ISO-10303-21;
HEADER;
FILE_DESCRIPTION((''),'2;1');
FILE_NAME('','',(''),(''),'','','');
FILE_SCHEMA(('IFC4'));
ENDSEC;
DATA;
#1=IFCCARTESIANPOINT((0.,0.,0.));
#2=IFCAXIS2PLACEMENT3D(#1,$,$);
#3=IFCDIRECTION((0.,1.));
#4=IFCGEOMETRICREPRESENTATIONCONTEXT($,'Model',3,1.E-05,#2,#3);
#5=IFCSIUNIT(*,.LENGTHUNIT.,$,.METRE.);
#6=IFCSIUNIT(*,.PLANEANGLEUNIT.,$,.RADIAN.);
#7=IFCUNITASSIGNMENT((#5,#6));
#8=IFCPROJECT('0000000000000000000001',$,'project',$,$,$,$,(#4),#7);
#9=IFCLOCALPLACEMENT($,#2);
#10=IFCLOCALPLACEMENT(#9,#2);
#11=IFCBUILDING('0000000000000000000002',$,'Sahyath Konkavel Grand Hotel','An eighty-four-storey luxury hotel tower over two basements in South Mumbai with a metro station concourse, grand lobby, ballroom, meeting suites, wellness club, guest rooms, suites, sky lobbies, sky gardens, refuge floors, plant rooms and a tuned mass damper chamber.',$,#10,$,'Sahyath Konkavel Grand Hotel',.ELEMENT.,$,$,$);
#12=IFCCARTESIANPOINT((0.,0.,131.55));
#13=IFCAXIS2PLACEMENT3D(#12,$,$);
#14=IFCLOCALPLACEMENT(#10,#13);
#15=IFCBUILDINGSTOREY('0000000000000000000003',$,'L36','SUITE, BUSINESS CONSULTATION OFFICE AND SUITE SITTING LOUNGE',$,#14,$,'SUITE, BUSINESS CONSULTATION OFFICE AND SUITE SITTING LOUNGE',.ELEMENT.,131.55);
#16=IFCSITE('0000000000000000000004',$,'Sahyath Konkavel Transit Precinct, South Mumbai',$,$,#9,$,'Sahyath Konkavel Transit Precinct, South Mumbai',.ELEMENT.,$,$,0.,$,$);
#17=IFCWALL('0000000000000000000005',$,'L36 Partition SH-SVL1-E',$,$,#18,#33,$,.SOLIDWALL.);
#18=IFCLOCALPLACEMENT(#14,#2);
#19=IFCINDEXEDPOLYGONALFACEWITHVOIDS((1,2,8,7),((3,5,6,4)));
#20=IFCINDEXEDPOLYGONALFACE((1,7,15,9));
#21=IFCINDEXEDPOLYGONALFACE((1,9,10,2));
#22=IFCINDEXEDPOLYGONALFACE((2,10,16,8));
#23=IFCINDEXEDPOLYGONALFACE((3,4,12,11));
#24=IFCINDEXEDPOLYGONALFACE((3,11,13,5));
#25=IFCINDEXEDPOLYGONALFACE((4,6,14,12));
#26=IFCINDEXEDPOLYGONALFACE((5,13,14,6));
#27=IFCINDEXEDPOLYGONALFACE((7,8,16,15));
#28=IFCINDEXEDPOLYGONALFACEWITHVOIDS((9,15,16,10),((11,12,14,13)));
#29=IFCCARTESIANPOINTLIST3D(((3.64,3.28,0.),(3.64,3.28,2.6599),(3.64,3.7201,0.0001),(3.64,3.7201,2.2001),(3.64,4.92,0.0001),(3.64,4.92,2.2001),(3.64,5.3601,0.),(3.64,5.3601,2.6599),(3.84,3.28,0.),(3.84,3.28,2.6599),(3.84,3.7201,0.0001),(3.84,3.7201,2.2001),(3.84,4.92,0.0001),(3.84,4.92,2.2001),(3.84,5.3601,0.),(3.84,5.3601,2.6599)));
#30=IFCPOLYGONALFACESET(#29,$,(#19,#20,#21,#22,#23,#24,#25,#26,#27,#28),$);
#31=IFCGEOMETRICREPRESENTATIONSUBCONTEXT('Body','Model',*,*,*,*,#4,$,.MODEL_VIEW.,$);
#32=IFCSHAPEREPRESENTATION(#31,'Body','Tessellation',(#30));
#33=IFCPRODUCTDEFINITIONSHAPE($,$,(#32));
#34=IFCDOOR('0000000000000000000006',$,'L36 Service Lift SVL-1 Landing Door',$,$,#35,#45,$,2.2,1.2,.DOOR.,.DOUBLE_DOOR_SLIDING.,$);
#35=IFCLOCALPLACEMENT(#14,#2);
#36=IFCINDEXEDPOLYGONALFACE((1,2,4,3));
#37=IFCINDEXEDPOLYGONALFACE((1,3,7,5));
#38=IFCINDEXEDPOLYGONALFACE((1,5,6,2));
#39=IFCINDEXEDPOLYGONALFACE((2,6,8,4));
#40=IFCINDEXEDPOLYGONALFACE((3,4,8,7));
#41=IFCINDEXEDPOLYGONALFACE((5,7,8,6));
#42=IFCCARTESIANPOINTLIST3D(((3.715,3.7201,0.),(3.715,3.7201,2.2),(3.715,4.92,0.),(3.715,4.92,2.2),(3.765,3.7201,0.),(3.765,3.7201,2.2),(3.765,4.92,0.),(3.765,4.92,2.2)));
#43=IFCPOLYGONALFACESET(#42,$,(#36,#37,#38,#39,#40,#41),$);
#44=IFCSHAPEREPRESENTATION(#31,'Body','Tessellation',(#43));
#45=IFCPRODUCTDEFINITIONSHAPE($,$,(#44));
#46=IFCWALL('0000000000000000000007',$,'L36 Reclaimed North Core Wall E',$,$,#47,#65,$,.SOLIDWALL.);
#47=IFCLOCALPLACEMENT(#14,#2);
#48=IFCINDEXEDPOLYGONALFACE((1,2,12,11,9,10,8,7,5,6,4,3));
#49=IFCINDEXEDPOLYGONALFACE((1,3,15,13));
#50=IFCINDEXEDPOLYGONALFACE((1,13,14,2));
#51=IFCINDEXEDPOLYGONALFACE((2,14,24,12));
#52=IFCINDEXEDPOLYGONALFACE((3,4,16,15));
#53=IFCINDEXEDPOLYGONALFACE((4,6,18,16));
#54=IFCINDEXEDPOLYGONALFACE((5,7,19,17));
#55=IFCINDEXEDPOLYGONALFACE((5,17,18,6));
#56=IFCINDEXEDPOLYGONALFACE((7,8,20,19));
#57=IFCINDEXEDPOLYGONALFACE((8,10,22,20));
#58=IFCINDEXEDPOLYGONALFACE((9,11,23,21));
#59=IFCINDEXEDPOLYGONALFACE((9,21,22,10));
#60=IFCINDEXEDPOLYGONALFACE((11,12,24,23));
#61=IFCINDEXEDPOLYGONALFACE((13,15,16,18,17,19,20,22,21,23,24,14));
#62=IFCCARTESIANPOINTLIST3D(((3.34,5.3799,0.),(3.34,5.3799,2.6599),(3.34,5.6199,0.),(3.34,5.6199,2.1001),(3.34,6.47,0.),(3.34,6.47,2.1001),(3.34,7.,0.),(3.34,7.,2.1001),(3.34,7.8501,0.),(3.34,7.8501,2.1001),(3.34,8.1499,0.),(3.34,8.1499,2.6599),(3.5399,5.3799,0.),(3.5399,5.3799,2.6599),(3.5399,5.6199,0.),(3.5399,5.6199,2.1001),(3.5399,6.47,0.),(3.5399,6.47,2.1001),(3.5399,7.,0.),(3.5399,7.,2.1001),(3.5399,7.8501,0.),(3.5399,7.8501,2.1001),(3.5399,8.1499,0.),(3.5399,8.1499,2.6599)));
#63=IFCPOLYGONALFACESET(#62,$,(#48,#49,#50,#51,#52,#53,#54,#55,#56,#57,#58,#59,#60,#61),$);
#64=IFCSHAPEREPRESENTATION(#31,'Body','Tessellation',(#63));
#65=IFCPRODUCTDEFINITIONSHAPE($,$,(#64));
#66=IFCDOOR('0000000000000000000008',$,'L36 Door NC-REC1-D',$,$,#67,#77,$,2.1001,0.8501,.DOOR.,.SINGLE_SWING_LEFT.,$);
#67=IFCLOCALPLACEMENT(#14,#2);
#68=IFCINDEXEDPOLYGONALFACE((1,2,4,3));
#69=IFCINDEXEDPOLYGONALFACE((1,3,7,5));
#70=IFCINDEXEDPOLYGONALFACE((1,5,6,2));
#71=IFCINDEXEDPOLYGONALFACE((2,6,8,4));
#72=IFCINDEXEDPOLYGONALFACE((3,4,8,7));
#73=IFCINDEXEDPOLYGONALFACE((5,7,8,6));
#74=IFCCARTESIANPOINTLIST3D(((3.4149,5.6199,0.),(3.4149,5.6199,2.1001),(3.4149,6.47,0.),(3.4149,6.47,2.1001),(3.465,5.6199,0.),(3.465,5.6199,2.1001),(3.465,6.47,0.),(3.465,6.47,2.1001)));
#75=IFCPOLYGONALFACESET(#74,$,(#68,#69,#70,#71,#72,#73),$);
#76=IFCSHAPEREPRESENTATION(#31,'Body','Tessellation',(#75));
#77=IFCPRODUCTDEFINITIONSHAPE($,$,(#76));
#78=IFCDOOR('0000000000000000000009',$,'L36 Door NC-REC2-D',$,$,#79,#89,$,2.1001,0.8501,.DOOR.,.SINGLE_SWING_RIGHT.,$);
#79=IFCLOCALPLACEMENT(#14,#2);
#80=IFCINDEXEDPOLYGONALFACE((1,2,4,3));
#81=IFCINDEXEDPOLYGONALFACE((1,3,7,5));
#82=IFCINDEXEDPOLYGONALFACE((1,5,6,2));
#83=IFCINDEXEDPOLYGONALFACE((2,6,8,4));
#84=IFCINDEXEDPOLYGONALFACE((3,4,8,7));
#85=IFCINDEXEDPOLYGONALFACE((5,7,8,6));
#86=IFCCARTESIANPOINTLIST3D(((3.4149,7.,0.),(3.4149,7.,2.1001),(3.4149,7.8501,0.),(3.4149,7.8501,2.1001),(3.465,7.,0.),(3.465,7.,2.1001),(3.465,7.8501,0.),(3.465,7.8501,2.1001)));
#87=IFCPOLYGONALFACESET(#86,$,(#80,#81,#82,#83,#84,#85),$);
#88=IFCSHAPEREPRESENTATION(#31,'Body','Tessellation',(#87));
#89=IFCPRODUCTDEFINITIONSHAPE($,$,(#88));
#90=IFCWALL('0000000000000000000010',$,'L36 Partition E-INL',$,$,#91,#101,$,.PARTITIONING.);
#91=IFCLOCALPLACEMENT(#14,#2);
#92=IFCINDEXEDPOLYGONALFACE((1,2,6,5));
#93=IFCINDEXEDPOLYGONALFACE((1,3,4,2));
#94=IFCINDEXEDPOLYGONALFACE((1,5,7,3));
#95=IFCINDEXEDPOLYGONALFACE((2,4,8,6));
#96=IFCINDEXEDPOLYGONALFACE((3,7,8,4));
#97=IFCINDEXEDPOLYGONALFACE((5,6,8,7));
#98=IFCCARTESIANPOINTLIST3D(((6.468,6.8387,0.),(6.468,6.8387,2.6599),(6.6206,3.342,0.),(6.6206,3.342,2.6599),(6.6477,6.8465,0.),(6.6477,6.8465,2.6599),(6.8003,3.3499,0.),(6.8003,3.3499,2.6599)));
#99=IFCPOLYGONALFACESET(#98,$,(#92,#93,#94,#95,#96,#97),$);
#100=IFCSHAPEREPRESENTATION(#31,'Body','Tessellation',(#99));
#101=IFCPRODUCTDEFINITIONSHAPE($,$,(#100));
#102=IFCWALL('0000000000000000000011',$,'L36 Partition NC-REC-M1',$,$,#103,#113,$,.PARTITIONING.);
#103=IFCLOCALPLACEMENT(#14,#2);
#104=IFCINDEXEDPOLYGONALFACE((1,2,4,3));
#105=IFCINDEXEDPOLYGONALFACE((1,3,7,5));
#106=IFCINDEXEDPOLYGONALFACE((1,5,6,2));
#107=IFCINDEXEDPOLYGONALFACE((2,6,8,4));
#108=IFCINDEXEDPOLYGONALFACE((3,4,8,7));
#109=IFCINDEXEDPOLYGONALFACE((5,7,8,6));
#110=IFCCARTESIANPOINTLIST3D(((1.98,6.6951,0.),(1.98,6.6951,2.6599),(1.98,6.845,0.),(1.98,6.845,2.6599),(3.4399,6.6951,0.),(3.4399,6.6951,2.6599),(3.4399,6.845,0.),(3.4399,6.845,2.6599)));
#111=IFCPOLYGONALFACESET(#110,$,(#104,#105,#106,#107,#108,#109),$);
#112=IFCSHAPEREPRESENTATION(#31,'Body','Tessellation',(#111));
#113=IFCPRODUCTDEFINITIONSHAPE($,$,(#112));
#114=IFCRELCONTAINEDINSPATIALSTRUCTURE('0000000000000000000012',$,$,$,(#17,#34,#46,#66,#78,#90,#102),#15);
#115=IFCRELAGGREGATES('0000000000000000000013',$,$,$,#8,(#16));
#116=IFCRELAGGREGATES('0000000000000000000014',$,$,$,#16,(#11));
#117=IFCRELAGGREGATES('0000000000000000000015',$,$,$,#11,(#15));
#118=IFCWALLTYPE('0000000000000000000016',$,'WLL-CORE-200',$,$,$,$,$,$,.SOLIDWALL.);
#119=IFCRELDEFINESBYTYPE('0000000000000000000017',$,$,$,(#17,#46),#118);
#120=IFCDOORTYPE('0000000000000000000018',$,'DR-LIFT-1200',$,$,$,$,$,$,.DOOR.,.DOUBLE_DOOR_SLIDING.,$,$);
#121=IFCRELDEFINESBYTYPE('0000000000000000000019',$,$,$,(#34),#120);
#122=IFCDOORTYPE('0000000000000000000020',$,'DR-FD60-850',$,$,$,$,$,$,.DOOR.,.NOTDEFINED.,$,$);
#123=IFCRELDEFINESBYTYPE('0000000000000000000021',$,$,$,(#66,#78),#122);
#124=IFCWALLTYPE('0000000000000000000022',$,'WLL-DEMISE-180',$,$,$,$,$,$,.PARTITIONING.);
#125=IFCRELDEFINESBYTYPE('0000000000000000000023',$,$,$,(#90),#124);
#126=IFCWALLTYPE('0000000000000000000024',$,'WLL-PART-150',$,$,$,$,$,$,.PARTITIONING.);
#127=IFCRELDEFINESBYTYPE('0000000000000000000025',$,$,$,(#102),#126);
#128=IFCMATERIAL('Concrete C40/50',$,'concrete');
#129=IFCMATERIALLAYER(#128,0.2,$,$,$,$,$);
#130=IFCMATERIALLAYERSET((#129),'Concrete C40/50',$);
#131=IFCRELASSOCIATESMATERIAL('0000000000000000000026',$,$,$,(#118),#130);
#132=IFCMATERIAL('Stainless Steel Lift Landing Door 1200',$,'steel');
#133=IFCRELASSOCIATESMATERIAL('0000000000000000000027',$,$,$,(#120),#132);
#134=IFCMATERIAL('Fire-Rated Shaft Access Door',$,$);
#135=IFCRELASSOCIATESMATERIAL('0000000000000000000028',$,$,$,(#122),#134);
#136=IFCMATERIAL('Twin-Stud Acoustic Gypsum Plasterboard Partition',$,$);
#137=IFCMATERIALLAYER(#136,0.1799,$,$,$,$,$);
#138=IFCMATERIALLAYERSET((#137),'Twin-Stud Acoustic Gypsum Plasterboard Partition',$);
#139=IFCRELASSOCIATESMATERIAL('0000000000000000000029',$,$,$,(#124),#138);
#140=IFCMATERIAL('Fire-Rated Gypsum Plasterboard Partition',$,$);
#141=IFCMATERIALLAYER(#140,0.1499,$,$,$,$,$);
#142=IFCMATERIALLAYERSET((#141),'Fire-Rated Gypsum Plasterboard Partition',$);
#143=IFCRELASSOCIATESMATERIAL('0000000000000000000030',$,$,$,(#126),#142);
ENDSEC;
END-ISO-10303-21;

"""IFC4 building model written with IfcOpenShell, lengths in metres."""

from ifc_helpers import new_model, si_unit, direction, frame, frame_2d, origin, origin_2d, place, context, subcontext, project, spatial, rectangle, extrude, source, transform, mapped, material, layer, layer_set, type_object, element, fill, save


model = new_model("IFC4")

# Units and contexts
model_context = context("Model", 3, precision=1e-05, world=origin(), true_north=direction((0.0, 1.0)))
body_context = subcontext(model_context, "Body", "Model", "MODEL_VIEW")
ifc_project = project(units=[si_unit("LENGTHUNIT", "METRE"), si_unit("PLANEANGLEUNIT", "RADIAN")], contexts=[model_context])

# Site, building, storey
site_placement = place(None, origin())
site = spatial("IfcSite", under=ifc_project, at=site_placement, Name="Sahyath Konkavel Transit Precinct, South Mumbai", LongName="Sahyath Konkavel Transit Precinct, South Mumbai", CompositionType="ELEMENT", RefElevation=0.0)
building_placement = place(site_placement, origin())
building = spatial("IfcBuilding", under=site, at=building_placement, Name="Sahyath Konkavel Grand Hotel", Description="An eighty-four-storey luxury hotel tower over two basements in South Mumbai with a metro station concourse, grand lobby, ballroom, meeting suites, wellness club, guest rooms, suites, sky lobbies, sky gardens, refuge floors, plant rooms and a tuned mass damper chamber.", LongName="Sahyath Konkavel Grand Hotel", CompositionType="ELEMENT")
storey_placement = place(building_placement, frame((0.0, 0.0, 131.55)))
storey = spatial("IfcBuildingStorey", under=building, at=storey_placement, Name="L36", Description="SUITE, BUSINESS CONSULTATION OFFICE AND SUITE SITTING LOUNGE", LongName="SUITE, BUSINESS CONSULTATION OFFICE AND SUITE SITTING LOUNGE", CompositionType="ELEMENT", Elevation=131.55)

# Shared definitions
ifc_material_1 = material(Name="Concrete C40/50", Category="concrete")
ifc_layer_1 = layer(ifc_material_1, 0.2)
ifc_layer_set_1 = layer_set([ifc_layer_1], Name="Concrete C40/50")
wall_type_1 = type_object("IfcWallType", Name="WLL-CORE-200", PredefinedType="SOLIDWALL", material=ifc_layer_set_1)
shared_shape_1 = source(origin(), body_context, "Body", "SweptSolid", [
    extrude(rectangle(XDim=0.8501, YDim=0.05, at=origin_2d()), origin(), (0.0, 0.0, 1.0), 2.1001),
])

# Wall, opening, door
wall_1_placement = place(storey_placement, frame((3.74, 3.28, 0.0), z_axis=(0.0, 0.0, 1.0), x_axis=(0.0, 1.0, 0.0)))
wall_1 = element("IfcWall", 1, at=wall_1_placement, inside=storey, type_object=wall_type_1, Name="L36 Partition SH-SVL1-E", PredefinedType="SOLIDWALL", context=body_context, shape_type="SweptSolid", body=[
    extrude(rectangle(XDim=2.0801, YDim=0.2, at=frame_2d((1.04, 0.0))), origin(), (0.0, 0.0, 1.0), 2.6599),
])
opening_1_placement = place(wall_1_placement, frame((0.4399, 0.0, 0.0)))
opening_1 = element("IfcOpeningElement", 2, at=opening_1_placement, cuts=wall_1, PredefinedType="OPENING", context=body_context, shape_type="SweptSolid", body=[
    extrude(rectangle(XDim=1.2, YDim=2.2, at=frame_2d((0.6001, 1.1001))), frame((0.0, 0.1099, 0.0), z_axis=(0.0, -1.0, 0.0), x_axis=(1.0, 0.0, 0.0)), (0.0, 0.0, 1.0), 0.22),
])
ifc_material_2 = material(Name="Stainless Steel Lift Landing Door 1200", Category="steel")
door_type_1 = type_object("IfcDoorType", Name="DR-LIFT-1200", OperationType="DOUBLE_DOOR_SLIDING", PredefinedType="DOOR", material=ifc_material_2)
shared_shape_2 = source(origin(), body_context, "Body", "SweptSolid", [
    extrude(rectangle(XDim=1.2, YDim=0.05, at=origin_2d()), origin(), (0.0, 0.0, 1.0), 2.2),
])
door_1_placement = place(opening_1_placement, frame((0.6001, 0.0, 0.0)))
door_1 = element("IfcDoor", 3, at=door_1_placement, inside=storey, type_object=door_type_1, Name="L36 Service Lift SVL-1 Landing Door", OperationType="DOUBLE_DOOR_SLIDING", OverallHeight=2.2, OverallWidth=1.2, PredefinedType="DOOR", context=body_context, shape_type="MappedRepresentation", body=[
    mapped(shared_shape_2, transform((0.0, 0.0, 0.0), scale=1.0)),
])
fill(opening_1, door_1)

# Wall, openings, doors
wall_2_placement = place(storey_placement, frame((3.4399, 5.3799, 0.0), z_axis=(0.0, 0.0, 1.0), x_axis=(0.0, 1.0, 0.0)))
wall_2 = element("IfcWall", 4, at=wall_2_placement, inside=storey, type_object=wall_type_1, Name="L36 Reclaimed North Core Wall E", PredefinedType="SOLIDWALL", context=body_context, shape_type="SweptSolid", body=[
    extrude(rectangle(XDim=2.77, YDim=0.2, at=frame_2d((1.385, 0.0))), origin(), (0.0, 0.0, 1.0), 2.6599),
])
opening_2_placement = place(wall_2_placement, frame((0.24, 0.0, 0.0)))
opening_2 = element("IfcOpeningElement", 5, at=opening_2_placement, cuts=wall_2, PredefinedType="OPENING", context=body_context, shape_type="SweptSolid", body=[
    extrude(rectangle(XDim=0.8501, YDim=2.1001, at=frame_2d((0.425, 1.05))), frame((0.0, 0.1099, 0.0), z_axis=(0.0, -1.0, 0.0), x_axis=(1.0, 0.0, 0.0)), (0.0, 0.0, 1.0), 0.22),
])
opening_3_placement = place(wall_2_placement, frame((1.6201, 0.0, 0.0)))
opening_3 = element("IfcOpeningElement", 6, at=opening_3_placement, cuts=wall_2, PredefinedType="OPENING", context=body_context, shape_type="SweptSolid", body=[
    extrude(rectangle(XDim=0.8501, YDim=2.1001, at=frame_2d((0.425, 1.05))), frame((0.0, 0.1099, 0.0), z_axis=(0.0, -1.0, 0.0), x_axis=(1.0, 0.0, 0.0)), (0.0, 0.0, 1.0), 0.22),
])
ifc_material_3 = material(Name="Fire-Rated Shaft Access Door")
door_type_2 = type_object("IfcDoorType", Name="DR-FD60-850", OperationType="NOTDEFINED", PredefinedType="DOOR", material=ifc_material_3)
door_2_placement = place(opening_2_placement, frame((0.425, 0.0, 0.0)))
door_2 = element("IfcDoor", 7, at=door_2_placement, inside=storey, type_object=door_type_2, Name="L36 Door NC-REC1-D", OperationType="SINGLE_SWING_LEFT", OverallHeight=2.1001, OverallWidth=0.8501, PredefinedType="DOOR", context=body_context, shape_type="MappedRepresentation", body=[
    mapped(shared_shape_1, transform((0.0, 0.0, 0.0), scale=1.0)),
])
fill(opening_2, door_2)
door_3_placement = place(opening_3_placement, frame((0.425, 0.0, 0.0)))
door_3 = element("IfcDoor", 8, at=door_3_placement, inside=storey, type_object=door_type_2, Name="L36 Door NC-REC2-D", OperationType="SINGLE_SWING_RIGHT", OverallHeight=2.1001, OverallWidth=0.8501, PredefinedType="DOOR", context=body_context, shape_type="MappedRepresentation", body=[
    mapped(shared_shape_1, transform((0.0, 0.0, 0.0), scale=1.0)),
])
fill(opening_3, door_3)

# Walls
ifc_material_4 = material(Name="Twin-Stud Acoustic Gypsum Plasterboard Partition")
ifc_layer_2 = layer(ifc_material_4, 0.1799)
ifc_layer_set_2 = layer_set([ifc_layer_2], Name="Twin-Stud Acoustic Gypsum Plasterboard Partition")
wall_type_2 = type_object("IfcWallType", Name="WLL-DEMISE-180", PredefinedType="PARTITIONING", material=ifc_layer_set_2)
wall_3_placement = place(storey_placement, frame((6.7104, 3.3459, 0.0), z_axis=(0.0, 0.0, 1.0), x_axis=(-0.043598, 0.999049, 0.0)))
element("IfcWall", 9, at=wall_3_placement, inside=storey, type_object=wall_type_2, Name="L36 Partition E-INL", PredefinedType="PARTITIONING", context=body_context, shape_type="SweptSolid", body=[
    extrude(rectangle(XDim=3.5, YDim=0.1799, at=frame_2d((1.75, 0.0))), origin(), (0.0, 0.0, 1.0), 2.6599),
])
ifc_material_5 = material(Name="Fire-Rated Gypsum Plasterboard Partition")
ifc_layer_3 = layer(ifc_material_5, 0.1499)
ifc_layer_set_3 = layer_set([ifc_layer_3], Name="Fire-Rated Gypsum Plasterboard Partition")
wall_type_3 = type_object("IfcWallType", Name="WLL-PART-150", PredefinedType="PARTITIONING", material=ifc_layer_set_3)
wall_4_placement = place(storey_placement, frame((1.98, 6.77, 0.0), z_axis=(0.0, 0.0, 1.0), x_axis=(1.0, 0.0, 0.0)))
element("IfcWall", 10, at=wall_4_placement, inside=storey, type_object=wall_type_3, Name="L36 Partition NC-REC-M1", PredefinedType="PARTITIONING", context=body_context, shape_type="SweptSolid", body=[
    extrude(rectangle(XDim=1.46, YDim=0.1499, at=frame_2d((0.73, 0.0))), origin(), (0.0, 0.0, 1.0), 2.6599),
])

save(model, "model.ifc")
